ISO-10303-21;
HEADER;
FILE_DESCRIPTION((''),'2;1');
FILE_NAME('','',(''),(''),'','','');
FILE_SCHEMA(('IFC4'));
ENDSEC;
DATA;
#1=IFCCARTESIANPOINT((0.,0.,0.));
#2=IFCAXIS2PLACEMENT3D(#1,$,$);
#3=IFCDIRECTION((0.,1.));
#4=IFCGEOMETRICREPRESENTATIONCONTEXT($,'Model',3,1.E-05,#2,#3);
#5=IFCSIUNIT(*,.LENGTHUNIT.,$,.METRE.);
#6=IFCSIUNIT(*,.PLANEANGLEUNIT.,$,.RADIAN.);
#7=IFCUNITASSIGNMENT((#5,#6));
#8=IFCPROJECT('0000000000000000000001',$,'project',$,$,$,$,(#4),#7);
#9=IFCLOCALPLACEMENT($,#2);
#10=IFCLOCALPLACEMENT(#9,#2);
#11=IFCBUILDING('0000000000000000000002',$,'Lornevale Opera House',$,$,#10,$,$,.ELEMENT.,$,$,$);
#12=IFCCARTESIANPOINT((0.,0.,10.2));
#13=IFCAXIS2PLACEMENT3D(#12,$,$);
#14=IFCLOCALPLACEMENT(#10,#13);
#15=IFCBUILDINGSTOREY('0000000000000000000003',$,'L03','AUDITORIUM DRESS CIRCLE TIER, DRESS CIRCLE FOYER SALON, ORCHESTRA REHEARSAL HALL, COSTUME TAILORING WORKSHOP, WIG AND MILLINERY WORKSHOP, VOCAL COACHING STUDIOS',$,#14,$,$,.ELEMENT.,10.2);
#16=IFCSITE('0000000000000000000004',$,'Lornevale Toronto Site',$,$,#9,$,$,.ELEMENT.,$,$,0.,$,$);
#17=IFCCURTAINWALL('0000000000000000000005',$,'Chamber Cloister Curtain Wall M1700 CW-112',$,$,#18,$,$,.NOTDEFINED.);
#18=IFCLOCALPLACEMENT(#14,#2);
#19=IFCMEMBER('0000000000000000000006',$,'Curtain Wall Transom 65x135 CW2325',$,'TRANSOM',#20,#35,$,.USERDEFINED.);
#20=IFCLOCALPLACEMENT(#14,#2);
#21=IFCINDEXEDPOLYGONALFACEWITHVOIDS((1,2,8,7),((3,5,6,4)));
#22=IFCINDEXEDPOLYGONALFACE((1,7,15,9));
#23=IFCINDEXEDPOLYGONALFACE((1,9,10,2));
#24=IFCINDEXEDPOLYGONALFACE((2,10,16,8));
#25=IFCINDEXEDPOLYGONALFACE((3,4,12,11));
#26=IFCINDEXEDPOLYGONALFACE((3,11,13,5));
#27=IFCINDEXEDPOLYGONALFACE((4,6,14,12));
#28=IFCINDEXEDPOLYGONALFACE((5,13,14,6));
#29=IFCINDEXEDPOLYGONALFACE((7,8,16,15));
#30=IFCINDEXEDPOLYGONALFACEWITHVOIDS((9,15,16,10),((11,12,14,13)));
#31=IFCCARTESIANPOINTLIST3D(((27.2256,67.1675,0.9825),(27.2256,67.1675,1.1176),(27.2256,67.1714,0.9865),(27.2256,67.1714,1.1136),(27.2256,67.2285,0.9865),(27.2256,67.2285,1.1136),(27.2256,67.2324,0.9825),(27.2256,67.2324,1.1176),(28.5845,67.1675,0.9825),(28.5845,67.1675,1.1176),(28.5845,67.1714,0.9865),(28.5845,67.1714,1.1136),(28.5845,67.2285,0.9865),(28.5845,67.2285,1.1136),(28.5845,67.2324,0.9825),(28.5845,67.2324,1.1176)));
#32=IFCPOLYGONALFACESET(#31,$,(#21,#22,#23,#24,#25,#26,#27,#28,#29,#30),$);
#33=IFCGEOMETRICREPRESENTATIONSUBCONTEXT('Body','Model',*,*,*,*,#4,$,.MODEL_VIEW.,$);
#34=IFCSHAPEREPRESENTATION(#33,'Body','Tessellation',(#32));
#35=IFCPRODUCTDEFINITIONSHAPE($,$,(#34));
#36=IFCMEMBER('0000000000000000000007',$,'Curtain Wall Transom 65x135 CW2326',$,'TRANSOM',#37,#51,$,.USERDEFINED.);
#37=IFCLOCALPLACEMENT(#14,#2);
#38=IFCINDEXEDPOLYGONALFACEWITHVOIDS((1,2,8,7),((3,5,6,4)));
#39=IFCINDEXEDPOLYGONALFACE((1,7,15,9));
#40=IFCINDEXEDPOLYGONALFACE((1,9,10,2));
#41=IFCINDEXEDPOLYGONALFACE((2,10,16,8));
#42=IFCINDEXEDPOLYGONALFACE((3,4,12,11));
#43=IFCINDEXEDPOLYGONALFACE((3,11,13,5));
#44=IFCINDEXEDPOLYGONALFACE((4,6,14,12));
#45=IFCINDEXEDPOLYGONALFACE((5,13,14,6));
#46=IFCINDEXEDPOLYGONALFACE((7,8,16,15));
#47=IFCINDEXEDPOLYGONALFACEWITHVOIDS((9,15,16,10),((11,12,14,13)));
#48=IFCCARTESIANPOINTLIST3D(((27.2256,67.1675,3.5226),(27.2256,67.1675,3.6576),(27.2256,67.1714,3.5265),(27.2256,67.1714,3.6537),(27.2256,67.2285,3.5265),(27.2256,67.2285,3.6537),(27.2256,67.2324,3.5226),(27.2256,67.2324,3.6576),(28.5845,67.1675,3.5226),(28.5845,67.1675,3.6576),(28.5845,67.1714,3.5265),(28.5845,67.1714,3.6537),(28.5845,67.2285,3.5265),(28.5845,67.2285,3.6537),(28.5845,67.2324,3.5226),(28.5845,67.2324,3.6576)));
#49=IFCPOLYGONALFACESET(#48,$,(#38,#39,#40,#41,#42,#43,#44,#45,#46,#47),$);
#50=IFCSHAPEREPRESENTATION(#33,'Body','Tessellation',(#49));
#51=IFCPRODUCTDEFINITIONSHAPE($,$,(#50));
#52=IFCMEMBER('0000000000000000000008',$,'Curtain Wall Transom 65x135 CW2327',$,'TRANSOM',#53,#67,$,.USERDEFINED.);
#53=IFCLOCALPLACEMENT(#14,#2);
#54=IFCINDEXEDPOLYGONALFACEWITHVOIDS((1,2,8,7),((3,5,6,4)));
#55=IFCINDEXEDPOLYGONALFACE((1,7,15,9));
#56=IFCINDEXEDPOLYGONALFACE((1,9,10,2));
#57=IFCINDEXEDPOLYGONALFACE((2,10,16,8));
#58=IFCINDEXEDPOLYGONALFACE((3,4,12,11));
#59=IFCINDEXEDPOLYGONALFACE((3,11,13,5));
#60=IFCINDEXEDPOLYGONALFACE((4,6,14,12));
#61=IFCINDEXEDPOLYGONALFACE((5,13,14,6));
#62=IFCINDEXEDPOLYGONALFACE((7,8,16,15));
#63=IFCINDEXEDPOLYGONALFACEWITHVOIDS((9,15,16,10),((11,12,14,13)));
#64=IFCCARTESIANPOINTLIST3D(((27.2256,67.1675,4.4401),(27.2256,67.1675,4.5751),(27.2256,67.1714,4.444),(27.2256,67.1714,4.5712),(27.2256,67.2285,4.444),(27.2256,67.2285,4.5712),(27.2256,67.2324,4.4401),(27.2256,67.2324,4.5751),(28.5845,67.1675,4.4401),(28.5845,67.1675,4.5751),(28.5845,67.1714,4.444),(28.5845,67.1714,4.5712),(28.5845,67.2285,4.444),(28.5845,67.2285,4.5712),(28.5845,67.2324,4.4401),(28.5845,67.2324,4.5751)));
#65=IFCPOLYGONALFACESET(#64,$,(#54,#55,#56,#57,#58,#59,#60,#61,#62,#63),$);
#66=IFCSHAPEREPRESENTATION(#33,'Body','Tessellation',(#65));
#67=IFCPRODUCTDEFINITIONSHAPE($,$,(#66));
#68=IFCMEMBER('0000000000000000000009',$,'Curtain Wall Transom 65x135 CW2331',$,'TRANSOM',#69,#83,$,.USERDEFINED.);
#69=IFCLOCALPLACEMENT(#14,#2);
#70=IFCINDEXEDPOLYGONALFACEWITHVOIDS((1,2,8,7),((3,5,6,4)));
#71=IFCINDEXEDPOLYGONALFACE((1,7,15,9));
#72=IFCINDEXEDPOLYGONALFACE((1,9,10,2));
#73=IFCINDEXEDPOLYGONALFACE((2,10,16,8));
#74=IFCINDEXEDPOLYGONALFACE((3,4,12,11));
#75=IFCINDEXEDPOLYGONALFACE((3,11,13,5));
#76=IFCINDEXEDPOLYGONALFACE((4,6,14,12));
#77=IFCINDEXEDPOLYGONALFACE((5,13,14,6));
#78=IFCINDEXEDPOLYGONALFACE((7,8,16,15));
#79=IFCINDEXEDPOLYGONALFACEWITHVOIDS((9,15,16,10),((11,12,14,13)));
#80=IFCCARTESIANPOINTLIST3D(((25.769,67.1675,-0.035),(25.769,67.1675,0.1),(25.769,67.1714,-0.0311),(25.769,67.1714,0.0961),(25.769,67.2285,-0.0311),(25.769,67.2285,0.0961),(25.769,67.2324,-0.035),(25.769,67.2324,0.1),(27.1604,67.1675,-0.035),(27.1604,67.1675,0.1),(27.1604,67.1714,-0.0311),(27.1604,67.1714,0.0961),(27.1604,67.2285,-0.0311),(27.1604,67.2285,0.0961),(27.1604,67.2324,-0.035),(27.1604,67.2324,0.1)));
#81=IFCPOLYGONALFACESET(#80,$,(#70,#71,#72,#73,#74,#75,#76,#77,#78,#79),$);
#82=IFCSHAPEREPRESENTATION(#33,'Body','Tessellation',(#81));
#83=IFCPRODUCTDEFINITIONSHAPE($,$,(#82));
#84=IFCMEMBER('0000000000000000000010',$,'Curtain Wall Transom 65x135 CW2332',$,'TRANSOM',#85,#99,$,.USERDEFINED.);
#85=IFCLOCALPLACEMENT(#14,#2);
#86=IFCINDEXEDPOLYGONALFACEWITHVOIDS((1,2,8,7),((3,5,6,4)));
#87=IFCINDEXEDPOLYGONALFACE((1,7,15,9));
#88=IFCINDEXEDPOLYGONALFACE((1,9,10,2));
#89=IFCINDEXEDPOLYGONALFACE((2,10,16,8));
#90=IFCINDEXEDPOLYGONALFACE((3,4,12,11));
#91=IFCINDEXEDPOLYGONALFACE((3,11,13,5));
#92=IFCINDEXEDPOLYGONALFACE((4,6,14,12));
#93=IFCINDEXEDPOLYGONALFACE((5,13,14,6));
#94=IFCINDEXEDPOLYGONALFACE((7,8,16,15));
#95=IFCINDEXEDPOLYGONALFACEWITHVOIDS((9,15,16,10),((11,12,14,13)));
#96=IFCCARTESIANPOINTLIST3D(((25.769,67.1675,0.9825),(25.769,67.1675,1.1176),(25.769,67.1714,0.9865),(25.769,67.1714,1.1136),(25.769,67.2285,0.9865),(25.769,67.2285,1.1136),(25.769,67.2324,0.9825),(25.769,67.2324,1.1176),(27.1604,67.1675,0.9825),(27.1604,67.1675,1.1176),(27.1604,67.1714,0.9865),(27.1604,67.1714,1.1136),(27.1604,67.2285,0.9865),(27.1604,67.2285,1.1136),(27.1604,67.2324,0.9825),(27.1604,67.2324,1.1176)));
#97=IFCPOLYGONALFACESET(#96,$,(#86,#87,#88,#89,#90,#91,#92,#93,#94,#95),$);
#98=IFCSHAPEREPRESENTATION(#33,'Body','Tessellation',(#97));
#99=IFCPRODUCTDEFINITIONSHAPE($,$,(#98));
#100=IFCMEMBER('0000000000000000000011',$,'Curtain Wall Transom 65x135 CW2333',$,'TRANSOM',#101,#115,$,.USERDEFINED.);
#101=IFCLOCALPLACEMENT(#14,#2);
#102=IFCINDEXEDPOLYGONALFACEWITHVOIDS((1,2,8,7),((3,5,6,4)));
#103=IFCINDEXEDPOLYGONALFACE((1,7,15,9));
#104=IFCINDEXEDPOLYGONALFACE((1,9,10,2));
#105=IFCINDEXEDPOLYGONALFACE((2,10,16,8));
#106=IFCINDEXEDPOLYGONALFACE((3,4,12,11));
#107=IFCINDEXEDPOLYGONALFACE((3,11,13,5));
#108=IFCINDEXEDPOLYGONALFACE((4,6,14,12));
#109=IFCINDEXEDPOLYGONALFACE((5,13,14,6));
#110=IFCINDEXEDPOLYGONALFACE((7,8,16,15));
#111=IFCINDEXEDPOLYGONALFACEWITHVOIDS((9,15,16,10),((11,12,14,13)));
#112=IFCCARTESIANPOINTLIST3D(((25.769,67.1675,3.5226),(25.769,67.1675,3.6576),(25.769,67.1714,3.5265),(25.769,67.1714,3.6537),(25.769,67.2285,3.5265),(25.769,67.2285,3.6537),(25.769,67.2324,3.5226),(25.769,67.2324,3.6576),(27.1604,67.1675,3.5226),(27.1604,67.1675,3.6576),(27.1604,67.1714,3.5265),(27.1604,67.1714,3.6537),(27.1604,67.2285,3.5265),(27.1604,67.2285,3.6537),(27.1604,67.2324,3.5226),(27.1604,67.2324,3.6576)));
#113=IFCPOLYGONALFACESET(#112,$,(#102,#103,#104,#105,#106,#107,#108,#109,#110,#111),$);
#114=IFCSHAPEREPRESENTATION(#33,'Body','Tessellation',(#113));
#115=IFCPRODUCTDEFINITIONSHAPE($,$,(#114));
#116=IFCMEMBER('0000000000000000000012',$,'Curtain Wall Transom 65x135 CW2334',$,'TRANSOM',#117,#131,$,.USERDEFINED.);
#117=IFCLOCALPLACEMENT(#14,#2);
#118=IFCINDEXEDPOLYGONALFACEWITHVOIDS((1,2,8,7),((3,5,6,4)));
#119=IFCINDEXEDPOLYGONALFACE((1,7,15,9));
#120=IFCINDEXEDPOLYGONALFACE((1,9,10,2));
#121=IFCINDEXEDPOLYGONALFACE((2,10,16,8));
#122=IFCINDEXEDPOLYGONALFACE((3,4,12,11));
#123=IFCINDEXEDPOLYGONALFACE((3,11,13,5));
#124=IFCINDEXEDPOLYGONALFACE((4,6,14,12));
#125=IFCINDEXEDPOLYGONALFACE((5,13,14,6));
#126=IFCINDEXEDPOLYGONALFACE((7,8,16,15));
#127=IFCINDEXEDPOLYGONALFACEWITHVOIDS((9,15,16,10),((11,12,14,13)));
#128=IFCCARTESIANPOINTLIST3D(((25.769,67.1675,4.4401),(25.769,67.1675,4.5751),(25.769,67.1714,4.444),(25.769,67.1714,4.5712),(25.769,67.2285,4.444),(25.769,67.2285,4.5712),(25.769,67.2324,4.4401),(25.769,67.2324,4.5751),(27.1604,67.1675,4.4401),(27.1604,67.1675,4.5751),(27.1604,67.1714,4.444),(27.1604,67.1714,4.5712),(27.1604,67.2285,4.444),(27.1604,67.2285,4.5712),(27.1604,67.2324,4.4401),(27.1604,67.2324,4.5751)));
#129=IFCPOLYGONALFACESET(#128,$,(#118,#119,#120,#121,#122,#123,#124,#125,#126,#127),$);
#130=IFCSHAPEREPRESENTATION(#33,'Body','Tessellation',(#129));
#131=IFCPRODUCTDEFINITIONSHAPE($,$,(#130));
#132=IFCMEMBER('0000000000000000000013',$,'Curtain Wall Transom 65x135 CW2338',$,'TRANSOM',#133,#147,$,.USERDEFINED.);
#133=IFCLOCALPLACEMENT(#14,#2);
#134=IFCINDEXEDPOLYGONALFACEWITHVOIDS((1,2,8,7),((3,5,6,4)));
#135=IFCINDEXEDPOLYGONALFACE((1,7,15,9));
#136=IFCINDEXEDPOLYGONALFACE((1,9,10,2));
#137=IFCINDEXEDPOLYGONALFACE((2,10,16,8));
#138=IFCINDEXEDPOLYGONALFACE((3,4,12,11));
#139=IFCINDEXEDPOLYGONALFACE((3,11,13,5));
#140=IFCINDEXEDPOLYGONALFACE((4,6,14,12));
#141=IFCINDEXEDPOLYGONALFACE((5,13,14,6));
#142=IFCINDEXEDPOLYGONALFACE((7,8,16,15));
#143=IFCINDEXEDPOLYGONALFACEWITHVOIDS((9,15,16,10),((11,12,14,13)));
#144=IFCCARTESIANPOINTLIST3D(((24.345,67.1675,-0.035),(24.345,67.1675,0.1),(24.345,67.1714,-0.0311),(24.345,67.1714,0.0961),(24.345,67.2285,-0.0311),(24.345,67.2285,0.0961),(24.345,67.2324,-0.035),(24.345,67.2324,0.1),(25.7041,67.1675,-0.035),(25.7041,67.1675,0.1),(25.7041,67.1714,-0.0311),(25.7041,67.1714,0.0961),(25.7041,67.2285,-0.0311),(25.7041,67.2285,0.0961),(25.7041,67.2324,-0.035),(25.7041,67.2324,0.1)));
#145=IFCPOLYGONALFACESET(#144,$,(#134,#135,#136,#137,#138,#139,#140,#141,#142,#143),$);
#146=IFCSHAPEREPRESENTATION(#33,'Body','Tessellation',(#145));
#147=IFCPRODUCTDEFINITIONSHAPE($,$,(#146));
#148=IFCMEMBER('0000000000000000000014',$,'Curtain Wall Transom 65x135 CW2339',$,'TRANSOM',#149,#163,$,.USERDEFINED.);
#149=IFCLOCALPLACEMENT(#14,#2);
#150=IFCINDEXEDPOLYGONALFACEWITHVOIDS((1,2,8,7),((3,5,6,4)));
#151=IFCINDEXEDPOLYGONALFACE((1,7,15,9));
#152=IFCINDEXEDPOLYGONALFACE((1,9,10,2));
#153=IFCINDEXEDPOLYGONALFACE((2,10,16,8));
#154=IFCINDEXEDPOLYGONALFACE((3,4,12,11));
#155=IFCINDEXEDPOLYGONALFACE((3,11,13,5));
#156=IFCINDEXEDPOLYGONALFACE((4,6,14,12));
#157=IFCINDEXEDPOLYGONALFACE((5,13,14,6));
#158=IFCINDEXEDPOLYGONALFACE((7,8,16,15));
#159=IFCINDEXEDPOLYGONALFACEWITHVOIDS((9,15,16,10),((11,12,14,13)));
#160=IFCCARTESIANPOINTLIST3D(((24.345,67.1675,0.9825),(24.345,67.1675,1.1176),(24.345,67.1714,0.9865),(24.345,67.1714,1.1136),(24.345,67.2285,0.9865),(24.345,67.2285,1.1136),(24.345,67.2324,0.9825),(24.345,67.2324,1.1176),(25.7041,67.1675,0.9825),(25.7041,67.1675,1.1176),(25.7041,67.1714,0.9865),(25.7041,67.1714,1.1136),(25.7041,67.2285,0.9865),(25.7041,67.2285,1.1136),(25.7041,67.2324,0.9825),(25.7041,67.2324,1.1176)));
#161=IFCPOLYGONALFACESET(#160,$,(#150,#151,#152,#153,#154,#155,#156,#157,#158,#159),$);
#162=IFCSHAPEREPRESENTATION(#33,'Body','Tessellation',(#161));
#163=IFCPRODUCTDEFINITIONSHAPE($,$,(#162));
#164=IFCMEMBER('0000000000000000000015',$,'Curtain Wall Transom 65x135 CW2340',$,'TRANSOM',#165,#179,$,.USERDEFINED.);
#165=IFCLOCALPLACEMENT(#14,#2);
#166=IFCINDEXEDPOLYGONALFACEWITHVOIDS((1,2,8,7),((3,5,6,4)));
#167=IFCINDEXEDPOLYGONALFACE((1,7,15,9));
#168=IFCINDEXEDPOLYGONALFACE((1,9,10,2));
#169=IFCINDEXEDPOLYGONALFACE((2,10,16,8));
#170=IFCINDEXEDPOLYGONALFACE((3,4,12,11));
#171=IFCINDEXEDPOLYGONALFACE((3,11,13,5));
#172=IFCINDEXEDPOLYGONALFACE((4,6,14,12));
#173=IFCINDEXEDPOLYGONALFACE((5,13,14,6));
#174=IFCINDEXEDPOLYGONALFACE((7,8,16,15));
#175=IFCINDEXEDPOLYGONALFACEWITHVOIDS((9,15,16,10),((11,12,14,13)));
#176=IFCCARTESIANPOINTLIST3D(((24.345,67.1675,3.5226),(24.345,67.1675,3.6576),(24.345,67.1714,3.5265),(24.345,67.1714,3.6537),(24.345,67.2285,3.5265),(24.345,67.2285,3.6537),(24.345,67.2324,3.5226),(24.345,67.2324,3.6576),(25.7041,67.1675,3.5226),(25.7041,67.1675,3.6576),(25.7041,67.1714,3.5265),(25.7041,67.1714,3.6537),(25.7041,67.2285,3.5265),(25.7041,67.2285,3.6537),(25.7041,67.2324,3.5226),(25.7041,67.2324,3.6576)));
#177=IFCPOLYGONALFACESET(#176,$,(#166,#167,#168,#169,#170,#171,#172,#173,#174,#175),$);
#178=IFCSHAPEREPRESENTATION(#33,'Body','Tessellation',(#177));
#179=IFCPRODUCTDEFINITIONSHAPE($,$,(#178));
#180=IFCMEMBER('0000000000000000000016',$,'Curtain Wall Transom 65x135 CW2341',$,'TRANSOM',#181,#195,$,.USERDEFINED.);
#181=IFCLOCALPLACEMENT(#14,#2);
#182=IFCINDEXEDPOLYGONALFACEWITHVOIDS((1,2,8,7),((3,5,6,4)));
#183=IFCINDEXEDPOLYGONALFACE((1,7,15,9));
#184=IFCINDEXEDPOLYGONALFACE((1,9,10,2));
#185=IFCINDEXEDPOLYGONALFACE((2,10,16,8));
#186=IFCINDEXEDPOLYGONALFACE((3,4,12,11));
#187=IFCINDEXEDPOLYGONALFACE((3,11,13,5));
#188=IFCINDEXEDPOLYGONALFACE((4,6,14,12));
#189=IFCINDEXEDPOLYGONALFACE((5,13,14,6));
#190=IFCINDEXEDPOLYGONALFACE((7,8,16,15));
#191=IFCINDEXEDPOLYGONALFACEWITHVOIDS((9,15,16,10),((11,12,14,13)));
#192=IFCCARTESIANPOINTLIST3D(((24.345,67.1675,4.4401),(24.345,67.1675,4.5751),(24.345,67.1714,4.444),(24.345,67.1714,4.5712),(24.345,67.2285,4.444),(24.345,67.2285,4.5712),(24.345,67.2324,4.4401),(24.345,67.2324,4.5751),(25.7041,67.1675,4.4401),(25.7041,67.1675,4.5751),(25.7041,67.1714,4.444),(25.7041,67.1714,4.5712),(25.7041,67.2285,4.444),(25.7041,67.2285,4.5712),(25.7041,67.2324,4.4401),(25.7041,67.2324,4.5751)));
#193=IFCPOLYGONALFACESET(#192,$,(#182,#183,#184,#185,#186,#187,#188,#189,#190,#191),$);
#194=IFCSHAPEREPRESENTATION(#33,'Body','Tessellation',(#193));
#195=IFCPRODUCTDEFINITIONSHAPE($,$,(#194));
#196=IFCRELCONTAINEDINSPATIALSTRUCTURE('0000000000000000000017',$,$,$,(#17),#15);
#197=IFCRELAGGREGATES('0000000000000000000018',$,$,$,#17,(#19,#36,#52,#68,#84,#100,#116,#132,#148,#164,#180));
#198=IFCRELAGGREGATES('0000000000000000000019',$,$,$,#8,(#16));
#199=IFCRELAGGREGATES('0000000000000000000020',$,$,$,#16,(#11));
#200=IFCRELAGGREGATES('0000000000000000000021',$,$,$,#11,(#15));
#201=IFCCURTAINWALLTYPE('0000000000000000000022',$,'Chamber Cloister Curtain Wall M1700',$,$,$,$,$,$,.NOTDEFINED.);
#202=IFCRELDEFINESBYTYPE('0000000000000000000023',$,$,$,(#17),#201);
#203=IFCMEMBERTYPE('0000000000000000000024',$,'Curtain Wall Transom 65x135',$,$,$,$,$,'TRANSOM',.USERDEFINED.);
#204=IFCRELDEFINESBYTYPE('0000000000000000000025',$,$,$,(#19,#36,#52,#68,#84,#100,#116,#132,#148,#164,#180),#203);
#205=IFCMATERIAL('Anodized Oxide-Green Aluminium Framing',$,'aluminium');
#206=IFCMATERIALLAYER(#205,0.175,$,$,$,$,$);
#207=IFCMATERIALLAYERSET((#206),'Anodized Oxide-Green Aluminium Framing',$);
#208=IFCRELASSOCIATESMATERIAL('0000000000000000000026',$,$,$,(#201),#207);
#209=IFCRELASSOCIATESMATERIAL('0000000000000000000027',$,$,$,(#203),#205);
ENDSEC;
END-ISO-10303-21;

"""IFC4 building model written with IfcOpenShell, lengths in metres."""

from ifc_helpers import new_model, si_unit, direction, frame, origin, origin_2d, place, context, subcontext, project, spatial, hollow_rectangle, extrude, material, layer, layer_set, material_profile, profile_set, type_object, element, aggregate, save


model = new_model("IFC4")

# Units and contexts
model_context = context("Model", 3, precision=1e-05, world=origin(), true_north=direction((0.0, 1.0)))
body_context = subcontext(model_context, "Body", "Model", "MODEL_VIEW")
ifc_project = project(units=[si_unit("LENGTHUNIT", "METRE"), si_unit("PLANEANGLEUNIT", "RADIAN")], contexts=[model_context])

# Site, building, storey
site_placement = place(None, origin())
site = spatial("IfcSite", under=ifc_project, at=site_placement, Name="Lornevale Toronto Site", CompositionType="ELEMENT", RefElevation=0.0)
building_placement = place(site_placement, origin())
building = spatial("IfcBuilding", under=site, at=building_placement, Name="Lornevale Opera House", CompositionType="ELEMENT")
storey_placement = place(building_placement, frame((0.0, 0.0, 10.2)))
storey = spatial("IfcBuildingStorey", under=building, at=storey_placement, Name="L03", Description="AUDITORIUM DRESS CIRCLE TIER, DRESS CIRCLE FOYER SALON, ORCHESTRA REHEARSAL HALL, COSTUME TAILORING WORKSHOP, WIG AND MILLINERY WORKSHOP, VOCAL COACHING STUDIOS", CompositionType="ELEMENT", Elevation=10.2)

# Curtain wall
ifc_material_1 = material(Name="Anodized Oxide-Green Aluminium Framing", Category="aluminium")
ifc_layer_1 = layer(ifc_material_1, 0.175)
ifc_layer_set_1 = layer_set([ifc_layer_1], Name="Anodized Oxide-Green Aluminium Framing")
curtain_wall_type = type_object("IfcCurtainWallType", Name="Chamber Cloister Curtain Wall M1700", PredefinedType="NOTDEFINED", material=ifc_layer_set_1)
curtain_wall_1_placement = place(storey_placement, origin())
curtain_wall_1 = element("IfcCurtainWall", 1, at=curtain_wall_1_placement, inside=storey, type_object=curtain_wall_type, Name="Chamber Cloister Curtain Wall M1700 CW-112", PredefinedType="NOTDEFINED")

# Members
ifc_material_profile_1 = material_profile(ifc_material_1, hollow_rectangle(XDim=0.0649, YDim=0.135, WallThickness=0.0039, at=origin_2d()), Name="ALU65x135x4")
ifc_profile_set_1 = profile_set([ifc_material_profile_1], Name="Anodized Oxide-Green Aluminium Framing")
member_type_1 = type_object("IfcMemberType", Name="Curtain Wall Transom 65x135", ElementType="TRANSOM", PredefinedType="USERDEFINED", material=ifc_profile_set_1)
member_1_placement = place(storey_placement, frame((28.5845, 67.2, 1.05), z_axis=(-1.0, 0.0, 0.0), x_axis=(0.0, -1.0, 0.0)))
member_1 = element("IfcMember", 2, at=member_1_placement, type_object=member_type_1, Name="Curtain Wall Transom 65x135 CW2325", ObjectType="TRANSOM", PredefinedType="USERDEFINED", context=body_context, shape_type="SweptSolid", body=[
    extrude(hollow_rectangle(XDim=0.0649, YDim=0.135, WallThickness=0.0039, at=origin_2d()), origin(), (0.0, 0.0, 1.0), 1.3589),
])
member_2_placement = place(storey_placement, frame((28.5845, 67.2, 3.5901), z_axis=(-1.0, 0.0, 0.0), x_axis=(0.0, -1.0, 0.0)))
member_2 = element("IfcMember", 3, at=member_2_placement, type_object=member_type_1, Name="Curtain Wall Transom 65x135 CW2326", ObjectType="TRANSOM", PredefinedType="USERDEFINED", context=body_context, shape_type="SweptSolid", body=[
    extrude(hollow_rectangle(XDim=0.0649, YDim=0.135, WallThickness=0.0039, at=origin_2d()), origin(), (0.0, 0.0, 1.0), 1.3589),
])
member_3_placement = place(storey_placement, frame((28.5845, 67.2, 4.5076), z_axis=(-1.0, 0.0, 0.0), x_axis=(0.0, -1.0, 0.0)))
member_3 = element("IfcMember", 4, at=member_3_placement, type_object=member_type_1, Name="Curtain Wall Transom 65x135 CW2327", ObjectType="TRANSOM", PredefinedType="USERDEFINED", context=body_context, shape_type="SweptSolid", body=[
    extrude(hollow_rectangle(XDim=0.0649, YDim=0.135, WallThickness=0.0039, at=origin_2d()), origin(), (0.0, 0.0, 1.0), 1.3589),
])
member_4_placement = place(storey_placement, frame((27.1604, 67.2, 0.0325), z_axis=(-1.0, 0.0, 0.0), x_axis=(0.0, -1.0, 0.0)))
member_4 = element("IfcMember", 5, at=member_4_placement, type_object=member_type_1, Name="Curtain Wall Transom 65x135 CW2331", ObjectType="TRANSOM", PredefinedType="USERDEFINED", context=body_context, shape_type="SweptSolid", body=[
    extrude(hollow_rectangle(XDim=0.0649, YDim=0.135, WallThickness=0.0039, at=origin_2d()), origin(), (0.0, 0.0, 1.0), 1.3914),
])
member_5_placement = place(storey_placement, frame((27.1604, 67.2, 1.05), z_axis=(-1.0, 0.0, 0.0), x_axis=(0.0, -1.0, 0.0)))
member_5 = element("IfcMember", 6, at=member_5_placement, type_object=member_type_1, Name="Curtain Wall Transom 65x135 CW2332", ObjectType="TRANSOM", PredefinedType="USERDEFINED", context=body_context, shape_type="SweptSolid", body=[
    extrude(hollow_rectangle(XDim=0.0649, YDim=0.135, WallThickness=0.0039, at=origin_2d()), origin(), (0.0, 0.0, 1.0), 1.3914),
])
member_6_placement = place(storey_placement, frame((27.1604, 67.2, 3.5901), z_axis=(-1.0, 0.0, 0.0), x_axis=(0.0, -1.0, 0.0)))
member_6 = element("IfcMember", 7, at=member_6_placement, type_object=member_type_1, Name="Curtain Wall Transom 65x135 CW2333", ObjectType="TRANSOM", PredefinedType="USERDEFINED", context=body_context, shape_type="SweptSolid", body=[
    extrude(hollow_rectangle(XDim=0.0649, YDim=0.135, WallThickness=0.0039, at=origin_2d()), origin(), (0.0, 0.0, 1.0), 1.3914),
])
member_7_placement = place(storey_placement, frame((27.1604, 67.2, 4.5076), z_axis=(-1.0, 0.0, 0.0), x_axis=(0.0, -1.0, 0.0)))
member_7 = element("IfcMember", 8, at=member_7_placement, type_object=member_type_1, Name="Curtain Wall Transom 65x135 CW2334", ObjectType="TRANSOM", PredefinedType="USERDEFINED", context=body_context, shape_type="SweptSolid", body=[
    extrude(hollow_rectangle(XDim=0.0649, YDim=0.135, WallThickness=0.0039, at=origin_2d()), origin(), (0.0, 0.0, 1.0), 1.3914),
])
member_8_placement = place(storey_placement, frame((25.7041, 67.2, 0.0325), z_axis=(-1.0, 0.0, 0.0), x_axis=(0.0, -1.0, 0.0)))
member_8 = element("IfcMember", 9, at=member_8_placement, type_object=member_type_1, Name="Curtain Wall Transom 65x135 CW2338", ObjectType="TRANSOM", PredefinedType="USERDEFINED", context=body_context, shape_type="SweptSolid", body=[
    extrude(hollow_rectangle(XDim=0.0649, YDim=0.135, WallThickness=0.0039, at=origin_2d()), origin(), (0.0, 0.0, 1.0), 1.3591),
])
member_9_placement = place(storey_placement, frame((25.7041, 67.2, 1.05), z_axis=(-1.0, 0.0, 0.0), x_axis=(0.0, -1.0, 0.0)))
member_9 = element("IfcMember", 10, at=member_9_placement, type_object=member_type_1, Name="Curtain Wall Transom 65x135 CW2339", ObjectType="TRANSOM", PredefinedType="USERDEFINED", context=body_context, shape_type="SweptSolid", body=[
    extrude(hollow_rectangle(XDim=0.0649, YDim=0.135, WallThickness=0.0039, at=origin_2d()), origin(), (0.0, 0.0, 1.0), 1.3591),
])
member_10_placement = place(storey_placement, frame((25.7041, 67.2, 3.5901), z_axis=(-1.0, 0.0, 0.0), x_axis=(0.0, -1.0, 0.0)))
member_10 = element("IfcMember", 11, at=member_10_placement, type_object=member_type_1, Name="Curtain Wall Transom 65x135 CW2340", ObjectType="TRANSOM", PredefinedType="USERDEFINED", context=body_context, shape_type="SweptSolid", body=[
    extrude(hollow_rectangle(XDim=0.0649, YDim=0.135, WallThickness=0.0039, at=origin_2d()), origin(), (0.0, 0.0, 1.0), 1.3591),
])
member_11_placement = place(storey_placement, frame((25.7041, 67.2, 4.5076), z_axis=(-1.0, 0.0, 0.0), x_axis=(0.0, -1.0, 0.0)))
member_11 = element("IfcMember", 12, at=member_11_placement, type_object=member_type_1, Name="Curtain Wall Transom 65x135 CW2341", ObjectType="TRANSOM", PredefinedType="USERDEFINED", context=body_context, shape_type="SweptSolid", body=[
    extrude(hollow_rectangle(XDim=0.0649, YDim=0.135, WallThickness=0.0039, at=origin_2d()), origin(), (0.0, 0.0, 1.0), 1.3591),
])

aggregate(curtain_wall_1, [member_1, member_2, member_3, member_4, member_5, member_6, member_7, member_8, member_9, member_10, member_11])

save(model, "model.ifc")
